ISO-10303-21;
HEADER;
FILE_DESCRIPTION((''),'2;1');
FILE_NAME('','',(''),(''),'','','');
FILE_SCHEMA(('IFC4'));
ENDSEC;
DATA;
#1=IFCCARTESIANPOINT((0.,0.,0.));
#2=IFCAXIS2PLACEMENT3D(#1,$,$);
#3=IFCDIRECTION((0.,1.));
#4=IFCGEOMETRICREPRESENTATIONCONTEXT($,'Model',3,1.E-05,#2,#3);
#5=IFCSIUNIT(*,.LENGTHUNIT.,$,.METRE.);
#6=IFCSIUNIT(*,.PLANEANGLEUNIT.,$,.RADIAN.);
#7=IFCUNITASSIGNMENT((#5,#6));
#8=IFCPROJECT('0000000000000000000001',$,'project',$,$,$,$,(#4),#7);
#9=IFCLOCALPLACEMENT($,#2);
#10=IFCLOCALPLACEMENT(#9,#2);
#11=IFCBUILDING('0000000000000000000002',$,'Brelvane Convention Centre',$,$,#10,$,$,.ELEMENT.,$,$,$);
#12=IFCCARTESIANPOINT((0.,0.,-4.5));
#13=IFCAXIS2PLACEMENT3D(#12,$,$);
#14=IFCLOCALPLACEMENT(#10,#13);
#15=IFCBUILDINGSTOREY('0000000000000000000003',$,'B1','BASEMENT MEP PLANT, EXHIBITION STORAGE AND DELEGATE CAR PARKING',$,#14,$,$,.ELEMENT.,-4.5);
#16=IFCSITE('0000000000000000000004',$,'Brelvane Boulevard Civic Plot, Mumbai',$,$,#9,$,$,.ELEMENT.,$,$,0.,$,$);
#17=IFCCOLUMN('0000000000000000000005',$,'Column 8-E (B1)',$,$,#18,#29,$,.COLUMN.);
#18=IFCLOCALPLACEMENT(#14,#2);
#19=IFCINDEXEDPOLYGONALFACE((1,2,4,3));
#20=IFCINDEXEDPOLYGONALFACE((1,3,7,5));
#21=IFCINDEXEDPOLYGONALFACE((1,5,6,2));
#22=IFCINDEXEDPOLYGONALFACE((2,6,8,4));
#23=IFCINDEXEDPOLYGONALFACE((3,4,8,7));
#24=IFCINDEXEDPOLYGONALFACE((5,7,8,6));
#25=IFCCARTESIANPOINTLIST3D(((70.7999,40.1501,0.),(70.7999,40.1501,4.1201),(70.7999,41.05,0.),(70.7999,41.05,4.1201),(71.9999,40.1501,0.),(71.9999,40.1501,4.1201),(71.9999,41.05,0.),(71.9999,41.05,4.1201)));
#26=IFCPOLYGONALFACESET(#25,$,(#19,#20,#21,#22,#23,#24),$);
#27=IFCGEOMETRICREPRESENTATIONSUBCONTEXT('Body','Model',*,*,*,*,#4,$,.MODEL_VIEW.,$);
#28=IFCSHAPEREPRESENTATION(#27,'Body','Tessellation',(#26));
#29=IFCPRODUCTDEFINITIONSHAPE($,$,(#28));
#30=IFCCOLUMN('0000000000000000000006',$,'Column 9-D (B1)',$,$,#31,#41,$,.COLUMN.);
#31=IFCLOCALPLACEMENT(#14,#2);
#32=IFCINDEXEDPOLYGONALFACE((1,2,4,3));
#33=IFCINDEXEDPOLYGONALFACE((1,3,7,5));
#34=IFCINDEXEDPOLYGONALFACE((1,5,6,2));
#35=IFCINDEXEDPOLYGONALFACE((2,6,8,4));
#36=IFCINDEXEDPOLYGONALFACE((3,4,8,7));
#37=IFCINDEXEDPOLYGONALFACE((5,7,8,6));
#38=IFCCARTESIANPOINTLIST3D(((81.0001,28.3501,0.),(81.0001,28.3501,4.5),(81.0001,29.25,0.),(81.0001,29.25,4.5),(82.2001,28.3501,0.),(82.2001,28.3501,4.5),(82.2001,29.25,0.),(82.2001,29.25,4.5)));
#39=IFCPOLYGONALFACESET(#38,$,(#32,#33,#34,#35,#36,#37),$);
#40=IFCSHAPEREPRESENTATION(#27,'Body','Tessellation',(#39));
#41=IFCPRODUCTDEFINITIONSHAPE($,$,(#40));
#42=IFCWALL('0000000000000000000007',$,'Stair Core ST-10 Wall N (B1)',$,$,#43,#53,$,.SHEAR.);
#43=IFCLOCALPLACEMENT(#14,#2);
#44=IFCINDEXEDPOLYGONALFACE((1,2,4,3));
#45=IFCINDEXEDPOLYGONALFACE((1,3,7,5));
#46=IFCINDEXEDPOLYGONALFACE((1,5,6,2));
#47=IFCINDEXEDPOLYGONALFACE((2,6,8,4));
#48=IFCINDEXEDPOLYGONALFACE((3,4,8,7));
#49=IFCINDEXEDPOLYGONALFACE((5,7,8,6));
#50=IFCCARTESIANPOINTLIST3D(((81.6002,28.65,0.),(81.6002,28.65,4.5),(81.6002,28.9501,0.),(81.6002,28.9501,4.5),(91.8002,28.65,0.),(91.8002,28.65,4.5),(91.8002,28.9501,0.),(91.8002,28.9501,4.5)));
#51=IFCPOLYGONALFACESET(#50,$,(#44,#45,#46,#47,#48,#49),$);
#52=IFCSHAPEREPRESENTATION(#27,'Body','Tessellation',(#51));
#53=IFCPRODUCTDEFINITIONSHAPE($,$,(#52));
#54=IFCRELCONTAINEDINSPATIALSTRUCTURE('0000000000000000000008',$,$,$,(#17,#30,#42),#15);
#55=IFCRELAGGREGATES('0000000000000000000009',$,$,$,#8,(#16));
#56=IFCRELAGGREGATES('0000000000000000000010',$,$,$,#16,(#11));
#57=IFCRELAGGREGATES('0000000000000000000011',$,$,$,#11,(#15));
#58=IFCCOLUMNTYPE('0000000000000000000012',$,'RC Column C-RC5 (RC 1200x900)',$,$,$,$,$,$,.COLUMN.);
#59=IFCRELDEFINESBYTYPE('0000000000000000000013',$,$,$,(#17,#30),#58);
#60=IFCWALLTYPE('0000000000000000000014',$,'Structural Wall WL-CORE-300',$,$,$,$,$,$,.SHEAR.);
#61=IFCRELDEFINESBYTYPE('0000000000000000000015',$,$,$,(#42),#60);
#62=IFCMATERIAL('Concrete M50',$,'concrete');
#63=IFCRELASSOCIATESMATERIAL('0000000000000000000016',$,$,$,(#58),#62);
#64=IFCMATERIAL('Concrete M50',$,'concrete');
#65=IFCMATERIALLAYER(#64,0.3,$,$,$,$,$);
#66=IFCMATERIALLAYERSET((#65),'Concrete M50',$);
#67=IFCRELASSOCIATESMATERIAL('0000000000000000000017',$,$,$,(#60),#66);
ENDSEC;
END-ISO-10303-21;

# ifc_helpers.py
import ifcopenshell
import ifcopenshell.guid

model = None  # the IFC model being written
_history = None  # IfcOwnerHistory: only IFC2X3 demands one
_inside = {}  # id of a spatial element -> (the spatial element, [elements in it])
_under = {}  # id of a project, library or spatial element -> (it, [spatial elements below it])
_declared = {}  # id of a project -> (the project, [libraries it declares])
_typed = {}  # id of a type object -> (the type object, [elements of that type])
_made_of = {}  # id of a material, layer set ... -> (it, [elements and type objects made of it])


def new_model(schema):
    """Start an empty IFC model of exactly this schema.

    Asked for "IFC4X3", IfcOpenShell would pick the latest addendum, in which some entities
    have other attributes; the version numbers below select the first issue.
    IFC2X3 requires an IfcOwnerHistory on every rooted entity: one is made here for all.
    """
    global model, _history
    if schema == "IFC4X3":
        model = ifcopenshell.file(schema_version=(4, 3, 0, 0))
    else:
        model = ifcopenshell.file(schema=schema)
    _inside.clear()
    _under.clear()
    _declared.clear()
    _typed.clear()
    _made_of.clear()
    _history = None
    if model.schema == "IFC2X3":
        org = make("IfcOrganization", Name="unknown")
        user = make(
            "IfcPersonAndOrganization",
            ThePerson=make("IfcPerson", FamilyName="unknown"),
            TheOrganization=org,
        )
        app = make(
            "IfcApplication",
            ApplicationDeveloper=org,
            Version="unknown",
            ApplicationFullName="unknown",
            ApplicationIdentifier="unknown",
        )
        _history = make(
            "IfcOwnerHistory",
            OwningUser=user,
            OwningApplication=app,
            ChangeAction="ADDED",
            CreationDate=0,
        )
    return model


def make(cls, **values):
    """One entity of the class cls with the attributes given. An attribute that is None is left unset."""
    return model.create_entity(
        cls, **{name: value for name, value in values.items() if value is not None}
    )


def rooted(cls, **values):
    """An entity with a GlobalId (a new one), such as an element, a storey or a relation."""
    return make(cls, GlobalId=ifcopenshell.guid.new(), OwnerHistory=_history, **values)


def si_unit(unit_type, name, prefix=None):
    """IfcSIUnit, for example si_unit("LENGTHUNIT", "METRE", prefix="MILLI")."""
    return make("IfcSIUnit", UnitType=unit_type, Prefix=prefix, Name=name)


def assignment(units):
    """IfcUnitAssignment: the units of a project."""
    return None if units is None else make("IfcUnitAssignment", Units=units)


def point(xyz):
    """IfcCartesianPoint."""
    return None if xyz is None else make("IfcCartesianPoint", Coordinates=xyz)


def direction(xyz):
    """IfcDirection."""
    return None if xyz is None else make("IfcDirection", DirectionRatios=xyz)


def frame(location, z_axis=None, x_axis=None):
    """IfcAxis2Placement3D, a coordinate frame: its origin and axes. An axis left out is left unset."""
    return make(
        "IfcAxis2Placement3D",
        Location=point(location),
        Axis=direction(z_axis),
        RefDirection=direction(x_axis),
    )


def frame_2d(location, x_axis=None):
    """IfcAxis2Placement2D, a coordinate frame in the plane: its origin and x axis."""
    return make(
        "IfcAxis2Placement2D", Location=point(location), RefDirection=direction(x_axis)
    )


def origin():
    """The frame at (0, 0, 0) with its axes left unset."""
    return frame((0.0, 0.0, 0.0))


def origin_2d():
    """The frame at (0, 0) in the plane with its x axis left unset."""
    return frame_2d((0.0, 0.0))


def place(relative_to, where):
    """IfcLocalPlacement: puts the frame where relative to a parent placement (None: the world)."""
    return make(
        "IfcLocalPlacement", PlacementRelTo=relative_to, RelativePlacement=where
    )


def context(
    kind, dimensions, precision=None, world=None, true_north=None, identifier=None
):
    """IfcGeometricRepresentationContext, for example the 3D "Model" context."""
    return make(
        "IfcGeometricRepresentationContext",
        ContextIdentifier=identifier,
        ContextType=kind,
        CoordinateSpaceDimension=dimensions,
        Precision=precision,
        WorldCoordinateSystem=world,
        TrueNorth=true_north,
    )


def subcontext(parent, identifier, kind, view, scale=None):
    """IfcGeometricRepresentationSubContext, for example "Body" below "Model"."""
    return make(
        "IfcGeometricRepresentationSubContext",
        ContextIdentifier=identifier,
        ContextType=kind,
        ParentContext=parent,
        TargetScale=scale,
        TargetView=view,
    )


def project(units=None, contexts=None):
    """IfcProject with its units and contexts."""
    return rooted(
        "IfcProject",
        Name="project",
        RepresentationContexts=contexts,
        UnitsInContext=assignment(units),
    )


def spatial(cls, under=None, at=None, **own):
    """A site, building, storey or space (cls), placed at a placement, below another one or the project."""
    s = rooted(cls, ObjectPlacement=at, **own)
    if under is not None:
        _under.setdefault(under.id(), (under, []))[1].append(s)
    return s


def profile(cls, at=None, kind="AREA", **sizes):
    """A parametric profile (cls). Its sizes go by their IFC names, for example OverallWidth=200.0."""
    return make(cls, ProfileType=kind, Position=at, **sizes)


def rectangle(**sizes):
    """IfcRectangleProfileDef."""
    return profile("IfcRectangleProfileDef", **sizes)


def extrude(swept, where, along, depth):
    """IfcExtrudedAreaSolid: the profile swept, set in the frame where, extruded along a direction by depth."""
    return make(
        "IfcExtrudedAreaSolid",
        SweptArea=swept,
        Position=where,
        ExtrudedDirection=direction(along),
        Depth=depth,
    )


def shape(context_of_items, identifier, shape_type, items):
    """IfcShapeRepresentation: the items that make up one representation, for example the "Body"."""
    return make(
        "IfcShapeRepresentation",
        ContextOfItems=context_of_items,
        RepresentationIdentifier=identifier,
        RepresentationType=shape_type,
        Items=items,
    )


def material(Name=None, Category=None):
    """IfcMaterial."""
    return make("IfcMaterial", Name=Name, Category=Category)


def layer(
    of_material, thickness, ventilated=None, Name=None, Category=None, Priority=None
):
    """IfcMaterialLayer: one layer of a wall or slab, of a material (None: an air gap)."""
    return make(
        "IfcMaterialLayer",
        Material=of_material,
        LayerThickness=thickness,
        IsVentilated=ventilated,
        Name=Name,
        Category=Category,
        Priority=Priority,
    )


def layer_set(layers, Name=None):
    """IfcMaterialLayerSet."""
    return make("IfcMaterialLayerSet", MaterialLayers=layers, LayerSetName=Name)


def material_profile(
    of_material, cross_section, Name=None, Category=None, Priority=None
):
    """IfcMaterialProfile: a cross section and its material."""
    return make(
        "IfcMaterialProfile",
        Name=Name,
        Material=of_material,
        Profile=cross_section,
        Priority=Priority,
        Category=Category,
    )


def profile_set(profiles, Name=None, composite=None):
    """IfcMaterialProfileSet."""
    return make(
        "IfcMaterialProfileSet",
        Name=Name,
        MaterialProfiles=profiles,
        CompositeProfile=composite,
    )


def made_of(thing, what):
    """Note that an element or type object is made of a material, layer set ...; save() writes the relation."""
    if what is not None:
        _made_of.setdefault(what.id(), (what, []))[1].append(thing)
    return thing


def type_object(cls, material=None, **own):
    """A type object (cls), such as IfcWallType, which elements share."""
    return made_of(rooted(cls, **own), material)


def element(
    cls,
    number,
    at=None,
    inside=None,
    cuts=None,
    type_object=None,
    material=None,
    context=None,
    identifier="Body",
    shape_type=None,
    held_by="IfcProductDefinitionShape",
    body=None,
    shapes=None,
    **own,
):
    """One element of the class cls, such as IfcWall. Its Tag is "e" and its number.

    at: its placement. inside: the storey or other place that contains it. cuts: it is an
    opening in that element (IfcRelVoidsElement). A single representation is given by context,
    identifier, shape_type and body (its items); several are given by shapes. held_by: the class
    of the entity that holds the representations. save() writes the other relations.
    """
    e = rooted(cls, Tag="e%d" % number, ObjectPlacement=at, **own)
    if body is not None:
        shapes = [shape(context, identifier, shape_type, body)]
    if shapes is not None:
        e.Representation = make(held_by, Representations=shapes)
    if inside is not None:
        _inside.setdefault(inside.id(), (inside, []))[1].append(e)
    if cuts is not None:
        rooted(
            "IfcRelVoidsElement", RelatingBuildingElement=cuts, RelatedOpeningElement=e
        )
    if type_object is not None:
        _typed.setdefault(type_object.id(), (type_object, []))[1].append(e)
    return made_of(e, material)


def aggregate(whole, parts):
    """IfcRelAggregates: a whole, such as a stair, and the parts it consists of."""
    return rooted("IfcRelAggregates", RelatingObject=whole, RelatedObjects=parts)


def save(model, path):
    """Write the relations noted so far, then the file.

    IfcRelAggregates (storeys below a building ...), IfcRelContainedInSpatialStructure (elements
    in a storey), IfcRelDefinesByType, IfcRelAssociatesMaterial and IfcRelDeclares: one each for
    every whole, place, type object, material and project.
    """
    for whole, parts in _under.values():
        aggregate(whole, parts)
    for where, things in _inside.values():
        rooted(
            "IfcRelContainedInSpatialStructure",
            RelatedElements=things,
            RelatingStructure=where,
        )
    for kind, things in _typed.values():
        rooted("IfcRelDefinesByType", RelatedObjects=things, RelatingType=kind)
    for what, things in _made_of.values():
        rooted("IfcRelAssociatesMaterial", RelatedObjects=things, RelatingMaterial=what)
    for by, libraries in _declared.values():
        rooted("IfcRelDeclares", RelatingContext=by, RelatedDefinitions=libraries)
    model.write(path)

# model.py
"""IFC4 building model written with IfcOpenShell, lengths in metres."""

from ifc_helpers import new_model, si_unit, direction, frame, frame_2d, origin, origin_2d, place, context, subcontext, project, spatial, rectangle, extrude, material, layer, layer_set, material_profile, profile_set, type_object, element, save


model = new_model("IFC4")

# Units and contexts
model_context = context("Model", 3, precision=1e-05, world=origin(), true_north=direction((0.0, 1.0)))
body_context = subcontext(model_context, "Body", "Model", "MODEL_VIEW")
ifc_project = project(units=[si_unit("LENGTHUNIT", "METRE"), si_unit("PLANEANGLEUNIT", "RADIAN")], contexts=[model_context])

# Site, building, storey
site_placement = place(None, origin())
site = spatial("IfcSite", under=ifc_project, at=site_placement, Name="Brelvane Boulevard Civic Plot, Mumbai", CompositionType="ELEMENT", RefElevation=0.0)
building_placement = place(site_placement, origin())
building = spatial("IfcBuilding", under=site, at=building_placement, Name="Brelvane Convention Centre", CompositionType="ELEMENT")
storey_placement = place(building_placement, frame((0.0, 0.0, -4.5)))
storey = spatial("IfcBuildingStorey", under=building, at=storey_placement, Name="B1", Description="BASEMENT MEP PLANT, EXHIBITION STORAGE AND DELEGATE CAR PARKING", CompositionType="ELEMENT", Elevation=-4.5)

# Columns
ifc_material_1 = material(Name="Concrete M50", Category="concrete")
ifc_material_profile_1 = material_profile(ifc_material_1, rectangle(XDim=1.2, YDim=0.8999, at=origin_2d()), Name="RC 1200x900")
ifc_profile_set_1 = profile_set([ifc_material_profile_1], Name="Concrete M50")
column_type_1 = type_object("IfcColumnType", Name="RC Column C-RC5 (RC 1200x900)", PredefinedType="COLUMN", material=ifc_profile_set_1)
column_1_placement = place(storey_placement, frame((71.3999, 40.6001, 0.0), z_axis=(0.0, 0.0, 1.0), x_axis=(1.0, 0.0, 0.0)))
element("IfcColumn", 1, at=column_1_placement, inside=storey, type_object=column_type_1, Name="Column 8-E (B1)", PredefinedType="COLUMN", context=body_context, shape_type="SweptSolid", body=[
    extrude(rectangle(XDim=1.2, YDim=0.8999, at=origin_2d()), origin(), (0.0, 0.0, 1.0), 4.1201),
])
column_2_placement = place(storey_placement, frame((81.6001, 28.8, 0.0), z_axis=(0.0, 0.0, 1.0), x_axis=(1.0, 0.0, 0.0)))
element("IfcColumn", 2, at=column_2_placement, inside=storey, type_object=column_type_1, Name="Column 9-D (B1)", PredefinedType="COLUMN", context=body_context, shape_type="SweptSolid", body=[
    extrude(rectangle(XDim=1.2, YDim=0.8999, at=origin_2d()), origin(), (0.0, 0.0, 1.0), 4.5),
])

# Wall
ifc_material_2 = material(Name="Concrete M50", Category="concrete")
ifc_layer = layer(ifc_material_2, 0.3)
ifc_layer_set = layer_set([ifc_layer], Name="Concrete M50")
wall_type = type_object("IfcWallType", Name="Structural Wall WL-CORE-300", PredefinedType="SHEAR", material=ifc_layer_set)
wall_placement = place(storey_placement, frame((81.6001, 28.8, 0.0), z_axis=(0.0, 0.0, 1.0), x_axis=(1.0, 0.0, 0.0)))
element("IfcWall", 3, at=wall_placement, inside=storey, type_object=wall_type, Name="Stair Core ST-10 Wall N (B1)", PredefinedType="SHEAR", context=body_context, shape_type="SweptSolid", body=[
    extrude(rectangle(XDim=10.2, YDim=0.3, at=frame_2d((5.1001, 0.0))), origin(), (0.0, 0.0, 1.0), 4.5),
])

save(model, "model.ifc")
